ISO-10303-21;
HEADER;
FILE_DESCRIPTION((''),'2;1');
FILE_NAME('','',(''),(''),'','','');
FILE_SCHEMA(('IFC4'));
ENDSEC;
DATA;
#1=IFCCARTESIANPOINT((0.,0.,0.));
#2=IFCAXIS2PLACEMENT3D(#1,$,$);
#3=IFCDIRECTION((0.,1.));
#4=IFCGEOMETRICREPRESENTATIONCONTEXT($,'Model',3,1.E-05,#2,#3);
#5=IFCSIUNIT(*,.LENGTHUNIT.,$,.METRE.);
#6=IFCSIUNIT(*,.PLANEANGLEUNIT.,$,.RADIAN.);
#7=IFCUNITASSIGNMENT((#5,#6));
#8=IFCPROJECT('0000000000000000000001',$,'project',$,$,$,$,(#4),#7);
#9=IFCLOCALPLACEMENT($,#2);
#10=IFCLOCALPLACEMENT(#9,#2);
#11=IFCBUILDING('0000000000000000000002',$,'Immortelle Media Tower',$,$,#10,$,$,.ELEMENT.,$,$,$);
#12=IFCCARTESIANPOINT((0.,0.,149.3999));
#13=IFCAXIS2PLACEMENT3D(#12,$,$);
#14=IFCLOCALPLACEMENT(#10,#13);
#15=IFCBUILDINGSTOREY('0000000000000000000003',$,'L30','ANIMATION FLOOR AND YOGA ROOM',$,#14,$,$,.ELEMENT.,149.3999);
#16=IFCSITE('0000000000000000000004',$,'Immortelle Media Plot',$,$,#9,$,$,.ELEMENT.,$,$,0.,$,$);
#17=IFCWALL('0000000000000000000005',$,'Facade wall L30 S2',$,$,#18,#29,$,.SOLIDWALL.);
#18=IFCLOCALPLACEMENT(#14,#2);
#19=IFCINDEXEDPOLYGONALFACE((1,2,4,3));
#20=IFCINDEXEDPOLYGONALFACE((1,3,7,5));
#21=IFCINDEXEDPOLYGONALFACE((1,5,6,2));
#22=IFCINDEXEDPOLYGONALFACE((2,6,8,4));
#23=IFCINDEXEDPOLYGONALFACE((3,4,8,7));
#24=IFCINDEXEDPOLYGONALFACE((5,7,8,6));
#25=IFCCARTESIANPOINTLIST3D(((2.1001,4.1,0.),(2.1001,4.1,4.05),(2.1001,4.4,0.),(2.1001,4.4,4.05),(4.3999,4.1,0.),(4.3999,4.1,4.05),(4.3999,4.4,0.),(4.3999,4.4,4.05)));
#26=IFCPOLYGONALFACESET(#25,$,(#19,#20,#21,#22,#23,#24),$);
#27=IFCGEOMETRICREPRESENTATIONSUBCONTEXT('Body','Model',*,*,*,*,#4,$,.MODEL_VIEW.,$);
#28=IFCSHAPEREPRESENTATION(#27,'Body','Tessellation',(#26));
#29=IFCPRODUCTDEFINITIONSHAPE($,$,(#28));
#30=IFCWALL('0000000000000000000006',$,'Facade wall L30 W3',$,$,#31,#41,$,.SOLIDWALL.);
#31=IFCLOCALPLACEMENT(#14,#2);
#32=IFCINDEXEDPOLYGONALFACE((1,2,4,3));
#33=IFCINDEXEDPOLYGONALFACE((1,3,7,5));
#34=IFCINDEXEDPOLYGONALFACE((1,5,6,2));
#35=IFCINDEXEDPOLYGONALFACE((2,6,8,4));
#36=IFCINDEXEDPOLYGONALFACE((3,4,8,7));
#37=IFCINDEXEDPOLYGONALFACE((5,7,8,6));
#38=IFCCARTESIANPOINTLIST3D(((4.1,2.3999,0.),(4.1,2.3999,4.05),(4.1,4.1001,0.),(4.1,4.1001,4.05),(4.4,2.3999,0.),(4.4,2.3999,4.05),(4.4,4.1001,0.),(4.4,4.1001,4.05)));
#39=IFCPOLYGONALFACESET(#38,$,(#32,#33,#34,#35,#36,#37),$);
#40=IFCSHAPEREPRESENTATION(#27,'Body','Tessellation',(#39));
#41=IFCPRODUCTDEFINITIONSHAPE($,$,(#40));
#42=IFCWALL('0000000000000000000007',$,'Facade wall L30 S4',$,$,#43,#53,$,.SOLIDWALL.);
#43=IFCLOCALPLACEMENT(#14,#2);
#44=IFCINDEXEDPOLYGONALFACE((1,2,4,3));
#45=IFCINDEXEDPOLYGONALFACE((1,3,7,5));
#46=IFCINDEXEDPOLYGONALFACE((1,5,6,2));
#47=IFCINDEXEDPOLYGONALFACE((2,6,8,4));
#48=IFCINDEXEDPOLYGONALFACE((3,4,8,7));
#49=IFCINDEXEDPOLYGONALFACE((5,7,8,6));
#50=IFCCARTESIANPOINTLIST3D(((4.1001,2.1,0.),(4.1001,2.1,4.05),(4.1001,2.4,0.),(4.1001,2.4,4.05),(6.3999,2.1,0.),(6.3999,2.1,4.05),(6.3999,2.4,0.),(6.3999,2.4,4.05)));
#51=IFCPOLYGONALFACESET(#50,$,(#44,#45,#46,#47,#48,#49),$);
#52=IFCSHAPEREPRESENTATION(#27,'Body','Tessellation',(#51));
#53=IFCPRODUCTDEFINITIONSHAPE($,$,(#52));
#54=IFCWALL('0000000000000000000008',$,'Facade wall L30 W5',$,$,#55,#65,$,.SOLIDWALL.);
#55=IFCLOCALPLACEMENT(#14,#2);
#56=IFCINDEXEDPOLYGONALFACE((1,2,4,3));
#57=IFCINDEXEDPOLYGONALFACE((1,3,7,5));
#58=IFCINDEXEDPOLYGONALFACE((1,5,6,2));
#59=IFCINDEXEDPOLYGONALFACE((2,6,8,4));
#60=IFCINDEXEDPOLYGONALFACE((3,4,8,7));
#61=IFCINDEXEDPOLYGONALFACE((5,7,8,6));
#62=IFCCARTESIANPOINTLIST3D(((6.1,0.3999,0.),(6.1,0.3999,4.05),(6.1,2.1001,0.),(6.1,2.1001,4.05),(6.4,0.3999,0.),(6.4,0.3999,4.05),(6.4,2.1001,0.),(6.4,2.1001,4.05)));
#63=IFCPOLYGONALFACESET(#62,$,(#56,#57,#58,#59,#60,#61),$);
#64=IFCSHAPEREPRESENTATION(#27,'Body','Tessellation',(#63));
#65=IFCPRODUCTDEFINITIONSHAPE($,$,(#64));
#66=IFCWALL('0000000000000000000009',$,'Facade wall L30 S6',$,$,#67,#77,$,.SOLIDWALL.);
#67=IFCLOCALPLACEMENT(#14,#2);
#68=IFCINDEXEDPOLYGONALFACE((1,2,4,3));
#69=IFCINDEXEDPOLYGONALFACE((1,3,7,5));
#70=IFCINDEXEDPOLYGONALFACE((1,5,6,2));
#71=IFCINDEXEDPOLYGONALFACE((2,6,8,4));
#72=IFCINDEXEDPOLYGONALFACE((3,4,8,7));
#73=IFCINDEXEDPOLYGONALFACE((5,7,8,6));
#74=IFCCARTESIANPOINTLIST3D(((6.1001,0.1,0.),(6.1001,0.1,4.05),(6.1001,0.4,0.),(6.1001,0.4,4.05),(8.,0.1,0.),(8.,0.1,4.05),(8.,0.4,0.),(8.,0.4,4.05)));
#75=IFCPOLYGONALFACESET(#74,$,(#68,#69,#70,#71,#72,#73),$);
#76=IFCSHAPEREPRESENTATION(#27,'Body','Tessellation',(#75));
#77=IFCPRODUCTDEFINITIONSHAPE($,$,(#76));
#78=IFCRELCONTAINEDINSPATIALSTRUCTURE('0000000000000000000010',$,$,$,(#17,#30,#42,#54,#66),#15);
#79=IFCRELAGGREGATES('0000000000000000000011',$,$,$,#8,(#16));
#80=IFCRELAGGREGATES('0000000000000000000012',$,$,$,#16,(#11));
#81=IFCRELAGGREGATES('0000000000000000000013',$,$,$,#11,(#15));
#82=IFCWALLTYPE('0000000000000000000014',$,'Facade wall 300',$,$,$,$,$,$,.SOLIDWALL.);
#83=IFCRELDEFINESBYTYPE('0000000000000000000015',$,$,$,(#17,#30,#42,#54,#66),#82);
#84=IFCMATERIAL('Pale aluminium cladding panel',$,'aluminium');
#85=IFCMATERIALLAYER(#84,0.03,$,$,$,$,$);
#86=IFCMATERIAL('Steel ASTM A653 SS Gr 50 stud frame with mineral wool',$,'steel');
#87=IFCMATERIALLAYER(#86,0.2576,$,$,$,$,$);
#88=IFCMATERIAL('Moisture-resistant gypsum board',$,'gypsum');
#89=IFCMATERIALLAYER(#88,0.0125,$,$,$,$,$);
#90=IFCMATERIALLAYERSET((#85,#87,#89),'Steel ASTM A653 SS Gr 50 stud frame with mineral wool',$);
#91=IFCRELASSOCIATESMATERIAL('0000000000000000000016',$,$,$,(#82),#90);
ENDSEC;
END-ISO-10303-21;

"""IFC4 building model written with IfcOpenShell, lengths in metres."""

from ifc_helpers import new_model, si_unit, direction, frame, frame_2d, origin, place, context, subcontext, project, spatial, rectangle, extrude, material, layer, layer_set, type_object, element, save


model = new_model("IFC4")

# Units and contexts
model_context = context("Model", 3, precision=1e-05, world=origin(), true_north=direction((0.0, 1.0)))
body_context = subcontext(model_context, "Body", "Model", "MODEL_VIEW")
ifc_project = project(units=[si_unit("LENGTHUNIT", "METRE"), si_unit("PLANEANGLEUNIT", "RADIAN")], contexts=[model_context])

# Site, building, storey
site_placement = place(None, origin())
site = spatial("IfcSite", under=ifc_project, at=site_placement, Name="Immortelle Media Plot", CompositionType="ELEMENT", RefElevation=0.0)
building_placement = place(site_placement, origin())
building = spatial("IfcBuilding", under=site, at=building_placement, Name="Immortelle Media Tower", CompositionType="ELEMENT")
storey_placement = place(building_placement, frame((0.0, 0.0, 149.3999)))
storey = spatial("IfcBuildingStorey", under=building, at=storey_placement, Name="L30", Description="ANIMATION FLOOR AND YOGA ROOM", CompositionType="ELEMENT", Elevation=149.3999)

# Shared definitions
ifc_material_1 = material(Name="Steel ASTM A653 SS Gr 50 stud frame with mineral wool", Category="steel")

# Walls
ifc_material_2 = material(Name="Pale aluminium cladding panel", Category="aluminium")
ifc_layer_1 = layer(ifc_material_2, 0.03)
ifc_layer_2 = layer(ifc_material_1, 0.2576)
ifc_material_3 = material(Name="Moisture-resistant gypsum board", Category="gypsum")
ifc_layer_3 = layer(ifc_material_3, 0.0125)
ifc_layer_set_1 = layer_set([ifc_layer_1, ifc_layer_2, ifc_layer_3], Name="Steel ASTM A653 SS Gr 50 stud frame with mineral wool")
wall_type_1 = type_object("IfcWallType", Name="Facade wall 300", PredefinedType="SOLIDWALL", material=ifc_layer_set_1)
wall_1_placement = place(storey_placement, frame((2.1001, 4.25, 0.0), z_axis=(0.0, 0.0, 1.0), x_axis=(1.0, 0.0, 0.0)))
element("IfcWall", 1, at=wall_1_placement, inside=storey, type_object=wall_type_1, Name="Facade wall L30 S2", PredefinedType="SOLIDWALL", context=body_context, shape_type="SweptSolid", body=[
    extrude(rectangle(XDim=2.2998, YDim=0.3, at=frame_2d((1.1499, 0.0))), origin(), (0.0, 0.0, 1.0), 4.05),
])
wall_2_placement = place(storey_placement, frame((4.25, 4.1001, 0.0), z_axis=(0.0, 0.0, 1.0), x_axis=(0.0, -1.0, 0.0)))
element("IfcWall", 2, at=wall_2_placement, inside=storey, type_object=wall_type_1, Name="Facade wall L30 W3", PredefinedType="SOLIDWALL", context=body_context, shape_type="SweptSolid", body=[
    extrude(rectangle(XDim=1.7002, YDim=0.3, at=frame_2d((0.8501, 0.0))), origin(), (0.0, 0.0, 1.0), 4.05),
])
wall_3_placement = place(storey_placement, frame((4.1001, 2.25, 0.0), z_axis=(0.0, 0.0, 1.0), x_axis=(1.0, 0.0, 0.0)))
element("IfcWall", 3, at=wall_3_placement, inside=storey, type_object=wall_type_1, Name="Facade wall L30 S4", PredefinedType="SOLIDWALL", context=body_context, shape_type="SweptSolid", body=[
    extrude(rectangle(XDim=2.2998, YDim=0.3, at=frame_2d((1.1499, 0.0))), origin(), (0.0, 0.0, 1.0), 4.05),
])
wall_4_placement = place(storey_placement, frame((6.25, 2.1001, 0.0), z_axis=(0.0, 0.0, 1.0), x_axis=(0.0, -1.0, 0.0)))
element("IfcWall", 4, at=wall_4_placement, inside=storey, type_object=wall_type_1, Name="Facade wall L30 W5", PredefinedType="SOLIDWALL", context=body_context, shape_type="SweptSolid", body=[
    extrude(rectangle(XDim=1.7002, YDim=0.3, at=frame_2d((0.8501, 0.0))), origin(), (0.0, 0.0, 1.0), 4.05),
])
wall_5_placement = place(storey_placement, frame((6.1001, 0.25, 0.0), z_axis=(0.0, 0.0, 1.0), x_axis=(1.0, 0.0, 0.0)))
element("IfcWall", 5, at=wall_5_placement, inside=storey, type_object=wall_type_1, Name="Facade wall L30 S6", PredefinedType="SOLIDWALL", context=body_context, shape_type="SweptSolid", body=[
    extrude(rectangle(XDim=1.8999, YDim=0.3, at=frame_2d((0.95, 0.0))), origin(), (0.0, 0.0, 1.0), 4.05),
])

save(model, "model.ifc")
